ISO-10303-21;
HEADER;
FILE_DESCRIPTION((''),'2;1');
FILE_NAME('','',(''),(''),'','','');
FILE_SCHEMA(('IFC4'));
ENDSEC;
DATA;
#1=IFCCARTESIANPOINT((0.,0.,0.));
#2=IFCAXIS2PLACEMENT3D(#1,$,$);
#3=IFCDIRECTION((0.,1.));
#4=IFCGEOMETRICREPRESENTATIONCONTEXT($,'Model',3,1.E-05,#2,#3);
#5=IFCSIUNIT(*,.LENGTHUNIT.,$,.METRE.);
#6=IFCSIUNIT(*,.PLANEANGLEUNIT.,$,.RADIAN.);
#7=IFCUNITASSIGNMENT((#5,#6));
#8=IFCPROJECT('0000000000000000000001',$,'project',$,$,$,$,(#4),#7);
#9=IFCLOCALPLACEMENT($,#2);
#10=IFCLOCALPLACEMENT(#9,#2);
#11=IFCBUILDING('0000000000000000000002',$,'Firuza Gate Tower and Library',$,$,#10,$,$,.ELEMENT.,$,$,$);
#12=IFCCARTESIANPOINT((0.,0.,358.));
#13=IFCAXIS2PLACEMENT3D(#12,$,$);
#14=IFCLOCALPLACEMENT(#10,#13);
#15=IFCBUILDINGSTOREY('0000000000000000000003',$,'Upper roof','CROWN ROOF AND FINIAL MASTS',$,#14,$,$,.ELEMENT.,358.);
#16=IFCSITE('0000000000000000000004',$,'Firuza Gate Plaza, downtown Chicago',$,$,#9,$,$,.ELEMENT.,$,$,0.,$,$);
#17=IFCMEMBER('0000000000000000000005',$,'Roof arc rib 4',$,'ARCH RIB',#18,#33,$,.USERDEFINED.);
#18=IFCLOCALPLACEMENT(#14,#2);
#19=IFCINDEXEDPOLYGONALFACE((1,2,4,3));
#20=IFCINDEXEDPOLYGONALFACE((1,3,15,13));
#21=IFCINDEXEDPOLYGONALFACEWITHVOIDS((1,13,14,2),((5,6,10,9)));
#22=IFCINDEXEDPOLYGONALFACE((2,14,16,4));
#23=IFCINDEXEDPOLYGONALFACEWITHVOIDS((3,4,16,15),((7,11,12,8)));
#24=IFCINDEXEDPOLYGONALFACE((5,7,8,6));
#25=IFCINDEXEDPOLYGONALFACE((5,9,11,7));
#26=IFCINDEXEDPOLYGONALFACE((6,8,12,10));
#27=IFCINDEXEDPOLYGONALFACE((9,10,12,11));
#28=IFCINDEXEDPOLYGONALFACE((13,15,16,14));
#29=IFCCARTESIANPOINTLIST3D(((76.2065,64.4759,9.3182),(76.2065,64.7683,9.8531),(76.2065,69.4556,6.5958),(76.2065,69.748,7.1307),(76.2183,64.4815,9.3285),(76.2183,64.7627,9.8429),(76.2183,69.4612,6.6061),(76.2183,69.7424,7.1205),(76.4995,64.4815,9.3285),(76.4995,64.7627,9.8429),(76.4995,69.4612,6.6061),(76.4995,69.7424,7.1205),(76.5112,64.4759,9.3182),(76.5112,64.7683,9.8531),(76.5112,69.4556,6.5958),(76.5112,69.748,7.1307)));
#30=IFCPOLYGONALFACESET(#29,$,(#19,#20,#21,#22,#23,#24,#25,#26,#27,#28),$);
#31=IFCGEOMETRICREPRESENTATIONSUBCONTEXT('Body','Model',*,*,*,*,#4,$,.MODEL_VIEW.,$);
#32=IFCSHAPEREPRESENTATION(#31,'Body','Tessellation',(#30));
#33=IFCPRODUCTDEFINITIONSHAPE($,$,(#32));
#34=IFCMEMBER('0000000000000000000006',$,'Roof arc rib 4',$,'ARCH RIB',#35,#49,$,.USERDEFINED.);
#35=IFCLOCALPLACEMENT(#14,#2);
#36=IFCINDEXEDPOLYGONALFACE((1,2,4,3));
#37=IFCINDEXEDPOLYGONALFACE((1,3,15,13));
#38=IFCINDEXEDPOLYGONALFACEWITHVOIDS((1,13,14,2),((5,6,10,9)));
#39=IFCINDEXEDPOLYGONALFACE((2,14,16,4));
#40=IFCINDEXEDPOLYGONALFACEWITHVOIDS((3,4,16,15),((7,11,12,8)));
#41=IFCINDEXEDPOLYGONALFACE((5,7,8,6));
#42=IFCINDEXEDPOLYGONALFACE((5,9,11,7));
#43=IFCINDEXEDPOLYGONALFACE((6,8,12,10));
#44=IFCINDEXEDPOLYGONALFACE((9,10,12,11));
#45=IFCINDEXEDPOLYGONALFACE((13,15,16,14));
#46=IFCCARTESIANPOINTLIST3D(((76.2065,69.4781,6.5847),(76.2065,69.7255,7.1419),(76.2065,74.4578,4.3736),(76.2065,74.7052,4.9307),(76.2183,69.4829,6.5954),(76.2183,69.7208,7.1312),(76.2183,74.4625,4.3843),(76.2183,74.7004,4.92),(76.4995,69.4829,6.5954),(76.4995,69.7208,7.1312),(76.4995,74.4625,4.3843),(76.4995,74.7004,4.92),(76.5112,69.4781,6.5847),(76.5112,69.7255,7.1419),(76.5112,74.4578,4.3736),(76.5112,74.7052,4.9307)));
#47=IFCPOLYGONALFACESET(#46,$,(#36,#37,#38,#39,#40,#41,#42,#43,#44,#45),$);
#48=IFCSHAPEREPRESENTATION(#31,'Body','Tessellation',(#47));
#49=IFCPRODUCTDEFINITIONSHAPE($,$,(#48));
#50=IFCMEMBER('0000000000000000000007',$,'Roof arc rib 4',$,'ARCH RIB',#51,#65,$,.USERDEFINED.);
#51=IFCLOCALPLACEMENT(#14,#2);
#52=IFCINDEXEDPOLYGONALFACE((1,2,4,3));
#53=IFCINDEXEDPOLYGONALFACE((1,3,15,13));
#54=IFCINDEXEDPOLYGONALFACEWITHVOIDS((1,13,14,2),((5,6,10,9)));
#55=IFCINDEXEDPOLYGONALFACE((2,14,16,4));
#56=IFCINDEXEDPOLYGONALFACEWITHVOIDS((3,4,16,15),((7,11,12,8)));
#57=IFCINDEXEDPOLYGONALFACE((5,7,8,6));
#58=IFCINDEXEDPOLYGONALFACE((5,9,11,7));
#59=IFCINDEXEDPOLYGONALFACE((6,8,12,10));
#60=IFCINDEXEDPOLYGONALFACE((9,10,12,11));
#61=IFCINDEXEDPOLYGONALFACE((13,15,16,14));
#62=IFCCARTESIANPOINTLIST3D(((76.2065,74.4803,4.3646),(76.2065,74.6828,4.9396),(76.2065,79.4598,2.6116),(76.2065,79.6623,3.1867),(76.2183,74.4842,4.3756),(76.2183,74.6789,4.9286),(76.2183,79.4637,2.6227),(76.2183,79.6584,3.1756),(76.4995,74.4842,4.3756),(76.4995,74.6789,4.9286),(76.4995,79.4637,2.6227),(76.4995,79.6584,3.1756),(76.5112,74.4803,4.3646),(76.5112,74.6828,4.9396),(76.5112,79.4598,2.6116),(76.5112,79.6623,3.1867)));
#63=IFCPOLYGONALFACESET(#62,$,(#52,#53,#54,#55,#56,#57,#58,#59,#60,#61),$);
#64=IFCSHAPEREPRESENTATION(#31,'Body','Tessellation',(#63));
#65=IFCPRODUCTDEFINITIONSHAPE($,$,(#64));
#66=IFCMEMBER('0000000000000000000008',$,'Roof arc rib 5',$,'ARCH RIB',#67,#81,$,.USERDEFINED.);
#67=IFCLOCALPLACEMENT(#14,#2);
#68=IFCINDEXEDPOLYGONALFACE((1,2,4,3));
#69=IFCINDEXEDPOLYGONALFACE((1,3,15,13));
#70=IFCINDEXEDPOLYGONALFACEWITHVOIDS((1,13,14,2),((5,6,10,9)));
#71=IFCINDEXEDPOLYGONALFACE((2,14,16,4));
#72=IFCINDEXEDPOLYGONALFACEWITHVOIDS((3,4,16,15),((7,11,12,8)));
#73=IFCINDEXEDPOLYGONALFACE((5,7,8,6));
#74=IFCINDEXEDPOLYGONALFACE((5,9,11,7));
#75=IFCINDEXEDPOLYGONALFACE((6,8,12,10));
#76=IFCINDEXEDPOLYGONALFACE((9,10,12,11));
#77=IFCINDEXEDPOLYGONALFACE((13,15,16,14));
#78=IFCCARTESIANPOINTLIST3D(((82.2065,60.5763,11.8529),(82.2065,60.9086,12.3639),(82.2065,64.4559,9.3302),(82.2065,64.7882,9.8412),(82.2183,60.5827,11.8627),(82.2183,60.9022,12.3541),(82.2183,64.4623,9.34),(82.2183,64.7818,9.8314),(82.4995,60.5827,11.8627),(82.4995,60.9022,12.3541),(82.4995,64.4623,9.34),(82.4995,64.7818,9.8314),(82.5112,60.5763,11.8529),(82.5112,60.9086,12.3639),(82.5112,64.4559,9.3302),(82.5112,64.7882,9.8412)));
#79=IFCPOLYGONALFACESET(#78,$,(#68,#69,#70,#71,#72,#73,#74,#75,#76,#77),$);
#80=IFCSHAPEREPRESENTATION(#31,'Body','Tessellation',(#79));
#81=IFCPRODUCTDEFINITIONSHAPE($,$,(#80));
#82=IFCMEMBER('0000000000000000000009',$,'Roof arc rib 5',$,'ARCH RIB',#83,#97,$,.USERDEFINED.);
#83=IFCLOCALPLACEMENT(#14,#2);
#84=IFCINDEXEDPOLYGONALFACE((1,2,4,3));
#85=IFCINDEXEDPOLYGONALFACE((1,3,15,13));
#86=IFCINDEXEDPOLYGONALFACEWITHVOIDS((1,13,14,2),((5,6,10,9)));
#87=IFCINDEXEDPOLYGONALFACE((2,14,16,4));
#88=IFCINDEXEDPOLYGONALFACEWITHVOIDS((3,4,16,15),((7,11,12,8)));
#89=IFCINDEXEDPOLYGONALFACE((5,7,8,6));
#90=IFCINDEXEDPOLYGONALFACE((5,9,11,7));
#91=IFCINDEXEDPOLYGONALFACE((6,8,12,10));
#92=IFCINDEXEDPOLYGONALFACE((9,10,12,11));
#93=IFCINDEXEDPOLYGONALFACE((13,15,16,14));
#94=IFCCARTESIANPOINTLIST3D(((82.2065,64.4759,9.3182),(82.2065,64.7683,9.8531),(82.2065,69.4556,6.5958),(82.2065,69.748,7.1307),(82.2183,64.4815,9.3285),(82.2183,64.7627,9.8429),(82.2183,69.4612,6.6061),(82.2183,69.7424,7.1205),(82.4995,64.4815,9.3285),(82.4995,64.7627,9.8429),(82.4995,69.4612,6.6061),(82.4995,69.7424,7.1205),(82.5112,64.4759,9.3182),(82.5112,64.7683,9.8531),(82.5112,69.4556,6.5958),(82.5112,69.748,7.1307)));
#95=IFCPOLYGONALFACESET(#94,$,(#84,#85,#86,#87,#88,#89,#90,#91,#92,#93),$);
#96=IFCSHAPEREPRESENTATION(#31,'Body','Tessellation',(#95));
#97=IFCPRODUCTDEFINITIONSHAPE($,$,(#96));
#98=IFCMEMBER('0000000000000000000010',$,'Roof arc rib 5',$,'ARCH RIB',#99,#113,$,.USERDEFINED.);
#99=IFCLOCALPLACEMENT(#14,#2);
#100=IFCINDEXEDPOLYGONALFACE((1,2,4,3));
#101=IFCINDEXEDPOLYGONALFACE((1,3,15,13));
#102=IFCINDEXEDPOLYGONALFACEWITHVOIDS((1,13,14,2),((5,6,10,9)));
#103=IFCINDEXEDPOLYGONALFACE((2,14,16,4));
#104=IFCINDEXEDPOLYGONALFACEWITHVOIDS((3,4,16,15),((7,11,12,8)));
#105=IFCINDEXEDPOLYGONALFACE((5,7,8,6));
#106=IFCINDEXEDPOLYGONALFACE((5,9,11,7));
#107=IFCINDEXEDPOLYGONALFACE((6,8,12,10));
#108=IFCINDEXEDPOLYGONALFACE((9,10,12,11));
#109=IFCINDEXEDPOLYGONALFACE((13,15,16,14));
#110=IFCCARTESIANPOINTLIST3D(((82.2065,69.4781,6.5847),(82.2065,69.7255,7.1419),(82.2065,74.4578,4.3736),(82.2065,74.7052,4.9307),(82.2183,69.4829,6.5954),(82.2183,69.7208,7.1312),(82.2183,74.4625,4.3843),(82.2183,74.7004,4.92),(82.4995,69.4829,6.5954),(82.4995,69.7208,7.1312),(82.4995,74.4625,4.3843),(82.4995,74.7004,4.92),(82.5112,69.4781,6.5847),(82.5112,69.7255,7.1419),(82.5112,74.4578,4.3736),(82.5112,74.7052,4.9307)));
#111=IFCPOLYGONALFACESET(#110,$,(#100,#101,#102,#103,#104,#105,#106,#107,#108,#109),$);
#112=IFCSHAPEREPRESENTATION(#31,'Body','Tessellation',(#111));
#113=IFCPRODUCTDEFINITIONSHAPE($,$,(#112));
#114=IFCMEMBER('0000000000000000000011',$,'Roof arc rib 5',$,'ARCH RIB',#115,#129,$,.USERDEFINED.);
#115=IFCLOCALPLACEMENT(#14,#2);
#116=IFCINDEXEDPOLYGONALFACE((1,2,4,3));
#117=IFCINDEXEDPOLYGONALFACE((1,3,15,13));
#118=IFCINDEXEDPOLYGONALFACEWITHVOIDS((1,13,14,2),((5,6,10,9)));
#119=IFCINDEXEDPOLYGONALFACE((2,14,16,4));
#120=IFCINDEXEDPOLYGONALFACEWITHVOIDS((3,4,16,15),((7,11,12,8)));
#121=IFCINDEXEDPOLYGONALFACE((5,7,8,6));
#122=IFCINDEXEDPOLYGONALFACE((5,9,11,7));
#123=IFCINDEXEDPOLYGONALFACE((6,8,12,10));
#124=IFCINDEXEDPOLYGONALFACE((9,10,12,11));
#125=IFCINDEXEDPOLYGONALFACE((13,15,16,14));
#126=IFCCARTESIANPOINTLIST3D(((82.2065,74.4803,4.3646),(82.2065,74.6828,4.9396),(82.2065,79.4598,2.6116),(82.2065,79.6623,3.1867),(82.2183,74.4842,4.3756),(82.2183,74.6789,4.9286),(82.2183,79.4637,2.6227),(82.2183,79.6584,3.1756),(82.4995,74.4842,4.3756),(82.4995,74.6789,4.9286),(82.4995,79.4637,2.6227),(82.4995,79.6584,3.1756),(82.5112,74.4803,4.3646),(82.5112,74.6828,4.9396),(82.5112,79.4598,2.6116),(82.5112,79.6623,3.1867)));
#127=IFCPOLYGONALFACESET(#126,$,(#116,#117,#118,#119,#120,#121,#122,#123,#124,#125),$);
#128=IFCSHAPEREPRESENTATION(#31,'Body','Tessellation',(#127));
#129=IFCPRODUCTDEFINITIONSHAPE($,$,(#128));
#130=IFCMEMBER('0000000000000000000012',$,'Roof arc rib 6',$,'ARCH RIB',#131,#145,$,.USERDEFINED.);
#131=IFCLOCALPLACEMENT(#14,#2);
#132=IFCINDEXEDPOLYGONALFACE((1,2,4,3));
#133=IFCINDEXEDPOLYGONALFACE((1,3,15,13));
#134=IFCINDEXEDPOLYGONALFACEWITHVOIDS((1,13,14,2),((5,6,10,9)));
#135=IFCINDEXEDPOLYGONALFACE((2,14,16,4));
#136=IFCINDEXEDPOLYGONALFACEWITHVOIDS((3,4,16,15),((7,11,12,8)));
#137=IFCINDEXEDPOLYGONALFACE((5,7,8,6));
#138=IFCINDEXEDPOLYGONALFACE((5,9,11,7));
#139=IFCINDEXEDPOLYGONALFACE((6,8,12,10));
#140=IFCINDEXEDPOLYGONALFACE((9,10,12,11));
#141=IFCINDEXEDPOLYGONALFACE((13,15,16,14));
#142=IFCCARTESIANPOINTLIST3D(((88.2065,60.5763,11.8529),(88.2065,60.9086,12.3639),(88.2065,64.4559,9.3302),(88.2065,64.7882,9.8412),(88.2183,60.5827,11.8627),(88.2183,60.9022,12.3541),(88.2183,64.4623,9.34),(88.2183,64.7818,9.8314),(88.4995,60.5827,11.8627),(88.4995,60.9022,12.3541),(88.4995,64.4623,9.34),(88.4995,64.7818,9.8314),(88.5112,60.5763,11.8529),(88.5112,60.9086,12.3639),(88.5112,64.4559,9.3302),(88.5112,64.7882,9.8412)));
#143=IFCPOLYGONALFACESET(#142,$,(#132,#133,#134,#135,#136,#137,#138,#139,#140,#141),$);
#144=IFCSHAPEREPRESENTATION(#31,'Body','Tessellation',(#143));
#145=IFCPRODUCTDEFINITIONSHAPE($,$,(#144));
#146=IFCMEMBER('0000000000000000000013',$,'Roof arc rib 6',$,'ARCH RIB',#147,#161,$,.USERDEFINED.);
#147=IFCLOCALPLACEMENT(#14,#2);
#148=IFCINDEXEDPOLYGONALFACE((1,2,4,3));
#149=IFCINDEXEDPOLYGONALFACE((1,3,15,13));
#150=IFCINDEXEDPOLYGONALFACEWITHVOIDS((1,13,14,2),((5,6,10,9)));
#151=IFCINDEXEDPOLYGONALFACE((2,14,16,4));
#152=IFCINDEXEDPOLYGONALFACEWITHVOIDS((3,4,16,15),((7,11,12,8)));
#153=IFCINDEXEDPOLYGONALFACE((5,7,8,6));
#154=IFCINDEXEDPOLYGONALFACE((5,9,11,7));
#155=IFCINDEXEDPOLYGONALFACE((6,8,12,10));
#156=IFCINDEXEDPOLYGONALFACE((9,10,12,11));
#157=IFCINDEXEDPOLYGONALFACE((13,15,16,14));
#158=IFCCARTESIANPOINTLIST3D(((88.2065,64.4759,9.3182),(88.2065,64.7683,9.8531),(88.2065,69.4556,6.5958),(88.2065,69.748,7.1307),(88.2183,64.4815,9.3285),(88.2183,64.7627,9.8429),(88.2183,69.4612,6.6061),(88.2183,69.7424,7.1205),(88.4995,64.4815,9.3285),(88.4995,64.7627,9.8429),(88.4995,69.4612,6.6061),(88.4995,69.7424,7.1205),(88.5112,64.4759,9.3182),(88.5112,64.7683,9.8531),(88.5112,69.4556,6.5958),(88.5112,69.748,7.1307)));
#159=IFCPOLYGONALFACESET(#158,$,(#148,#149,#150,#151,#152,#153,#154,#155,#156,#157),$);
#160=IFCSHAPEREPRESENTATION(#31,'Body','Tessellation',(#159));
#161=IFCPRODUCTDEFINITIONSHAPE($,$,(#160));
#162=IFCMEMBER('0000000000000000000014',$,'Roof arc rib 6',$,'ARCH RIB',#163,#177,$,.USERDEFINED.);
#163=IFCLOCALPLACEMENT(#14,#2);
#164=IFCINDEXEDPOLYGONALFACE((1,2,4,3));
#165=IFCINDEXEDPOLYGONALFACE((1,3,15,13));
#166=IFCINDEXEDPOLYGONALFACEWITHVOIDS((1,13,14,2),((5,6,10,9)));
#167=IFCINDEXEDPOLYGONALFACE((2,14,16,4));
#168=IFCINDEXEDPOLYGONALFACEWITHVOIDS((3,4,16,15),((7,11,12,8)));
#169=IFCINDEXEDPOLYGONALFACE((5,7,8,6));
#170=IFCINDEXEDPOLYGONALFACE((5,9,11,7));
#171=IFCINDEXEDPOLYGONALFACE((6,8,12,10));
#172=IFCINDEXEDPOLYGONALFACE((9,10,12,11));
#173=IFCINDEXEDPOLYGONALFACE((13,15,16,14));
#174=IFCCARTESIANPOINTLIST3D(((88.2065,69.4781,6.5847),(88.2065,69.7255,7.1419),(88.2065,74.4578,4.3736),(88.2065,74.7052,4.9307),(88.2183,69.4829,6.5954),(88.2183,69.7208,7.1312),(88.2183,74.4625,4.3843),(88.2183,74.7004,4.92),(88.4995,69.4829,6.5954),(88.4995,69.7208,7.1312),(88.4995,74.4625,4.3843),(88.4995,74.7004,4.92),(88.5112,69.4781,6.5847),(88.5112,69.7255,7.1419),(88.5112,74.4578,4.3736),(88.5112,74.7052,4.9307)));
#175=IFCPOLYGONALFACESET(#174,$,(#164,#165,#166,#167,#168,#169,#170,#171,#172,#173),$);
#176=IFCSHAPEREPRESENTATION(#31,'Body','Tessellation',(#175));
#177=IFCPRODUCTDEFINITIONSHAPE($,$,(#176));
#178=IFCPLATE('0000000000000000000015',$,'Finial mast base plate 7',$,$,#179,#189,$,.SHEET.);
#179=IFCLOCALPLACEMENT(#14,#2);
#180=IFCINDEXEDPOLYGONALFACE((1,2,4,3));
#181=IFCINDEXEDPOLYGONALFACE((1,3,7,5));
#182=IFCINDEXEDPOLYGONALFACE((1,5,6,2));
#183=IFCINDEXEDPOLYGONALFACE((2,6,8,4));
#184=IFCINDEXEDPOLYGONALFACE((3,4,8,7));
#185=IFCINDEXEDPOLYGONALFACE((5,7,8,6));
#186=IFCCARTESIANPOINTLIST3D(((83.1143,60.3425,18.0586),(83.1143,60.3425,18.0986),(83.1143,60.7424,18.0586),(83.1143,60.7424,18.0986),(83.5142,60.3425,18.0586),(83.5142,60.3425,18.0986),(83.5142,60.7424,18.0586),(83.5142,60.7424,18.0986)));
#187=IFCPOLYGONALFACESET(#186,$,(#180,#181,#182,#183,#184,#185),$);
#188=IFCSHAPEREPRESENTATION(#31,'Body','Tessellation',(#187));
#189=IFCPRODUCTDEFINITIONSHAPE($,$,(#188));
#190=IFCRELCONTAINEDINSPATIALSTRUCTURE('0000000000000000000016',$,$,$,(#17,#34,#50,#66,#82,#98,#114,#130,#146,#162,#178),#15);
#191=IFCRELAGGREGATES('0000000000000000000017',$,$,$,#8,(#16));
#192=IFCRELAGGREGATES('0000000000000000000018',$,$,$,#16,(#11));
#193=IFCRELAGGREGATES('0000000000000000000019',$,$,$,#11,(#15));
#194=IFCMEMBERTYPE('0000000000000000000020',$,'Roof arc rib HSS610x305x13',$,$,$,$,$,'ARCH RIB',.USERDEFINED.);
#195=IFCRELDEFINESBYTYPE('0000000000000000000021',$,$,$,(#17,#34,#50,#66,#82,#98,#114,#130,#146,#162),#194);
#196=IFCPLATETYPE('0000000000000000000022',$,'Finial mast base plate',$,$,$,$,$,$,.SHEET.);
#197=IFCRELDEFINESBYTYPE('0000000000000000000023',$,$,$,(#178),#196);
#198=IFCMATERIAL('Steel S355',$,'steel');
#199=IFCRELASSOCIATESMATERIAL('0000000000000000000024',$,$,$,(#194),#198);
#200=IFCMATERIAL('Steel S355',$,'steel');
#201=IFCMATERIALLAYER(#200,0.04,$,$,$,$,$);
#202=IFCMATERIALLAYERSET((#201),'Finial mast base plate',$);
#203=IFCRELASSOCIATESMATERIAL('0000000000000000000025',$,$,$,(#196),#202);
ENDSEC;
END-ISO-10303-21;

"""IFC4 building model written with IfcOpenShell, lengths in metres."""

from ifc_helpers import new_model, si_unit, direction, frame, origin, origin_2d, place, context, subcontext, project, spatial, rectangle, hollow_rectangle, extrude, material, layer, layer_set, material_profile, profile_set, type_object, element, save


model = new_model("IFC4")

# Units and contexts
model_context = context("Model", 3, precision=1e-05, world=origin(), true_north=direction((0.0, 1.0)))
body_context = subcontext(model_context, "Body", "Model", "MODEL_VIEW")
ifc_project = project(units=[si_unit("LENGTHUNIT", "METRE"), si_unit("PLANEANGLEUNIT", "RADIAN")], contexts=[model_context])

# Site, building, storey
site_placement = place(None, origin())
site = spatial("IfcSite", under=ifc_project, at=site_placement, Name="Firuza Gate Plaza, downtown Chicago", CompositionType="ELEMENT", RefElevation=0.0)
building_placement = place(site_placement, origin())
building = spatial("IfcBuilding", under=site, at=building_placement, Name="Firuza Gate Tower and Library", CompositionType="ELEMENT")
storey_placement = place(building_placement, frame((0.0, 0.0, 358.0)))
storey = spatial("IfcBuildingStorey", under=building, at=storey_placement, Name="Upper roof", Description="CROWN ROOF AND FINIAL MASTS", CompositionType="ELEMENT", Elevation=358.0)

# Members
ifc_material_1 = material(Name="Steel S355", Category="steel")
ifc_material_profile_1 = material_profile(ifc_material_1, hollow_rectangle(XDim=0.3047, YDim=0.6096, WallThickness=0.0117, at=origin_2d()))
ifc_profile_set_1 = profile_set([ifc_material_profile_1], Name="Steel S355")
member_type_1 = type_object("IfcMemberType", Name="Roof arc rib HSS610x305x13", ElementType="ARCH RIB", PredefinedType="USERDEFINED", material=ifc_profile_set_1)
member_1_placement = place(storey_placement, frame((76.3589, 64.6221, 9.5857), z_axis=(0.0, 0.877436, -0.479693), x_axis=(-1.0, 0.0, 0.0)))
element("IfcMember", 1, at=member_1_placement, inside=storey, type_object=member_type_1, Name="Roof arc rib 4", ObjectType="ARCH RIB", PredefinedType="USERDEFINED", context=body_context, shape_type="SweptSolid", body=[
    extrude(hollow_rectangle(XDim=0.3047, YDim=0.6096, WallThickness=0.0117, at=origin_2d()), origin(), (0.0, 0.0, 1.0), 5.6753),
])
member_2_placement = place(storey_placement, frame((76.3589, 69.6018, 6.8633), z_axis=(0.0, 0.91395, -0.405827), x_axis=(-1.0, 0.0, 0.0)))
element("IfcMember", 2, at=member_2_placement, inside=storey, type_object=member_type_1, Name="Roof arc rib 4", ObjectType="ARCH RIB", PredefinedType="USERDEFINED", context=body_context, shape_type="SweptSolid", body=[
    extrude(hollow_rectangle(XDim=0.3047, YDim=0.6096, WallThickness=0.0117, at=origin_2d()), origin(), (0.0, 0.0, 1.0), 5.4485),
])
member_3_placement = place(storey_placement, frame((76.3589, 74.5815, 4.6521), z_axis=(0.0, 0.94326, -0.332056), x_axis=(-1.0, 0.0, 0.0)))
element("IfcMember", 3, at=member_3_placement, inside=storey, type_object=member_type_1, Name="Roof arc rib 4", ObjectType="ARCH RIB", PredefinedType="USERDEFINED", context=body_context, shape_type="SweptSolid", body=[
    extrude(hollow_rectangle(XDim=0.3047, YDim=0.6096, WallThickness=0.0117, at=origin_2d()), origin(), (0.0, 0.0, 1.0), 5.2791),
])
member_4_placement = place(storey_placement, frame((82.3589, 60.7424, 12.1084), z_axis=(0.0, 0.838351, -0.545131), x_axis=(-1.0, 0.0, 0.0)))
element("IfcMember", 4, at=member_4_placement, inside=storey, type_object=member_type_1, Name="Roof arc rib 5", ObjectType="ARCH RIB", PredefinedType="USERDEFINED", context=body_context, shape_type="SweptSolid", body=[
    extrude(hollow_rectangle(XDim=0.3047, YDim=0.6096, WallThickness=0.0117, at=origin_2d()), origin(), (0.0, 0.0, 1.0), 4.6277),
])
member_5_placement = place(storey_placement, frame((82.3589, 64.6221, 9.5857), z_axis=(0.0, 0.877436, -0.479693), x_axis=(-1.0, 0.0, 0.0)))
element("IfcMember", 5, at=member_5_placement, inside=storey, type_object=member_type_1, Name="Roof arc rib 5", ObjectType="ARCH RIB", PredefinedType="USERDEFINED", context=body_context, shape_type="SweptSolid", body=[
    extrude(hollow_rectangle(XDim=0.3047, YDim=0.6096, WallThickness=0.0117, at=origin_2d()), origin(), (0.0, 0.0, 1.0), 5.6753),
])
member_6_placement = place(storey_placement, frame((82.3589, 69.6018, 6.8633), z_axis=(0.0, 0.91395, -0.405827), x_axis=(-1.0, 0.0, 0.0)))
element("IfcMember", 6, at=member_6_placement, inside=storey, type_object=member_type_1, Name="Roof arc rib 5", ObjectType="ARCH RIB", PredefinedType="USERDEFINED", context=body_context, shape_type="SweptSolid", body=[
    extrude(hollow_rectangle(XDim=0.3047, YDim=0.6096, WallThickness=0.0117, at=origin_2d()), origin(), (0.0, 0.0, 1.0), 5.4485),
])
member_7_placement = place(storey_placement, frame((82.3589, 74.5815, 4.6521), z_axis=(0.0, 0.94326, -0.332056), x_axis=(-1.0, 0.0, 0.0)))
element("IfcMember", 7, at=member_7_placement, inside=storey, type_object=member_type_1, Name="Roof arc rib 5", ObjectType="ARCH RIB", PredefinedType="USERDEFINED", context=body_context, shape_type="SweptSolid", body=[
    extrude(hollow_rectangle(XDim=0.3047, YDim=0.6096, WallThickness=0.0117, at=origin_2d()), origin(), (0.0, 0.0, 1.0), 5.2791),
])
member_8_placement = place(storey_placement, frame((88.3589, 60.7424, 12.1084), z_axis=(0.0, 0.838351, -0.545131), x_axis=(-1.0, 0.0, 0.0)))
element("IfcMember", 8, at=member_8_placement, inside=storey, type_object=member_type_1, Name="Roof arc rib 6", ObjectType="ARCH RIB", PredefinedType="USERDEFINED", context=body_context, shape_type="SweptSolid", body=[
    extrude(hollow_rectangle(XDim=0.3047, YDim=0.6096, WallThickness=0.0117, at=origin_2d()), origin(), (0.0, 0.0, 1.0), 4.6277),
])
member_9_placement = place(storey_placement, frame((88.3589, 64.6221, 9.5857), z_axis=(0.0, 0.877436, -0.479693), x_axis=(-1.0, 0.0, 0.0)))
element("IfcMember", 9, at=member_9_placement, inside=storey, type_object=member_type_1, Name="Roof arc rib 6", ObjectType="ARCH RIB", PredefinedType="USERDEFINED", context=body_context, shape_type="SweptSolid", body=[
    extrude(hollow_rectangle(XDim=0.3047, YDim=0.6096, WallThickness=0.0117, at=origin_2d()), origin(), (0.0, 0.0, 1.0), 5.6753),
])
member_10_placement = place(storey_placement, frame((88.3589, 69.6018, 6.8633), z_axis=(0.0, 0.91395, -0.405827), x_axis=(-1.0, 0.0, 0.0)))
element("IfcMember", 10, at=member_10_placement, inside=storey, type_object=member_type_1, Name="Roof arc rib 6", ObjectType="ARCH RIB", PredefinedType="USERDEFINED", context=body_context, shape_type="SweptSolid", body=[
    extrude(hollow_rectangle(XDim=0.3047, YDim=0.6096, WallThickness=0.0117, at=origin_2d()), origin(), (0.0, 0.0, 1.0), 5.4485),
])

# Plate
ifc_material_2 = material(Name="Steel S355", Category="steel")
ifc_layer_1 = layer(ifc_material_2, 0.04)
ifc_layer_set_1 = layer_set([ifc_layer_1], Name="Finial mast base plate")
plate_type_1 = type_object("IfcPlateType", Name="Finial mast base plate", PredefinedType="SHEET", material=ifc_layer_set_1)
plate_1_placement = place(storey_placement, frame((83.3142, 60.5425, 18.0586), z_axis=(0.0, 0.0, 1.0), x_axis=(1.0, 0.0, 0.0)))
element("IfcPlate", 11, at=plate_1_placement, inside=storey, type_object=plate_type_1, Name="Finial mast base plate 7", PredefinedType="SHEET", context=body_context, shape_type="SweptSolid", body=[
    extrude(rectangle(XDim=0.3999, YDim=0.3999, at=origin_2d()), origin(), (0.0, 0.0, 1.0), 0.04),
])

save(model, "model.ifc")
